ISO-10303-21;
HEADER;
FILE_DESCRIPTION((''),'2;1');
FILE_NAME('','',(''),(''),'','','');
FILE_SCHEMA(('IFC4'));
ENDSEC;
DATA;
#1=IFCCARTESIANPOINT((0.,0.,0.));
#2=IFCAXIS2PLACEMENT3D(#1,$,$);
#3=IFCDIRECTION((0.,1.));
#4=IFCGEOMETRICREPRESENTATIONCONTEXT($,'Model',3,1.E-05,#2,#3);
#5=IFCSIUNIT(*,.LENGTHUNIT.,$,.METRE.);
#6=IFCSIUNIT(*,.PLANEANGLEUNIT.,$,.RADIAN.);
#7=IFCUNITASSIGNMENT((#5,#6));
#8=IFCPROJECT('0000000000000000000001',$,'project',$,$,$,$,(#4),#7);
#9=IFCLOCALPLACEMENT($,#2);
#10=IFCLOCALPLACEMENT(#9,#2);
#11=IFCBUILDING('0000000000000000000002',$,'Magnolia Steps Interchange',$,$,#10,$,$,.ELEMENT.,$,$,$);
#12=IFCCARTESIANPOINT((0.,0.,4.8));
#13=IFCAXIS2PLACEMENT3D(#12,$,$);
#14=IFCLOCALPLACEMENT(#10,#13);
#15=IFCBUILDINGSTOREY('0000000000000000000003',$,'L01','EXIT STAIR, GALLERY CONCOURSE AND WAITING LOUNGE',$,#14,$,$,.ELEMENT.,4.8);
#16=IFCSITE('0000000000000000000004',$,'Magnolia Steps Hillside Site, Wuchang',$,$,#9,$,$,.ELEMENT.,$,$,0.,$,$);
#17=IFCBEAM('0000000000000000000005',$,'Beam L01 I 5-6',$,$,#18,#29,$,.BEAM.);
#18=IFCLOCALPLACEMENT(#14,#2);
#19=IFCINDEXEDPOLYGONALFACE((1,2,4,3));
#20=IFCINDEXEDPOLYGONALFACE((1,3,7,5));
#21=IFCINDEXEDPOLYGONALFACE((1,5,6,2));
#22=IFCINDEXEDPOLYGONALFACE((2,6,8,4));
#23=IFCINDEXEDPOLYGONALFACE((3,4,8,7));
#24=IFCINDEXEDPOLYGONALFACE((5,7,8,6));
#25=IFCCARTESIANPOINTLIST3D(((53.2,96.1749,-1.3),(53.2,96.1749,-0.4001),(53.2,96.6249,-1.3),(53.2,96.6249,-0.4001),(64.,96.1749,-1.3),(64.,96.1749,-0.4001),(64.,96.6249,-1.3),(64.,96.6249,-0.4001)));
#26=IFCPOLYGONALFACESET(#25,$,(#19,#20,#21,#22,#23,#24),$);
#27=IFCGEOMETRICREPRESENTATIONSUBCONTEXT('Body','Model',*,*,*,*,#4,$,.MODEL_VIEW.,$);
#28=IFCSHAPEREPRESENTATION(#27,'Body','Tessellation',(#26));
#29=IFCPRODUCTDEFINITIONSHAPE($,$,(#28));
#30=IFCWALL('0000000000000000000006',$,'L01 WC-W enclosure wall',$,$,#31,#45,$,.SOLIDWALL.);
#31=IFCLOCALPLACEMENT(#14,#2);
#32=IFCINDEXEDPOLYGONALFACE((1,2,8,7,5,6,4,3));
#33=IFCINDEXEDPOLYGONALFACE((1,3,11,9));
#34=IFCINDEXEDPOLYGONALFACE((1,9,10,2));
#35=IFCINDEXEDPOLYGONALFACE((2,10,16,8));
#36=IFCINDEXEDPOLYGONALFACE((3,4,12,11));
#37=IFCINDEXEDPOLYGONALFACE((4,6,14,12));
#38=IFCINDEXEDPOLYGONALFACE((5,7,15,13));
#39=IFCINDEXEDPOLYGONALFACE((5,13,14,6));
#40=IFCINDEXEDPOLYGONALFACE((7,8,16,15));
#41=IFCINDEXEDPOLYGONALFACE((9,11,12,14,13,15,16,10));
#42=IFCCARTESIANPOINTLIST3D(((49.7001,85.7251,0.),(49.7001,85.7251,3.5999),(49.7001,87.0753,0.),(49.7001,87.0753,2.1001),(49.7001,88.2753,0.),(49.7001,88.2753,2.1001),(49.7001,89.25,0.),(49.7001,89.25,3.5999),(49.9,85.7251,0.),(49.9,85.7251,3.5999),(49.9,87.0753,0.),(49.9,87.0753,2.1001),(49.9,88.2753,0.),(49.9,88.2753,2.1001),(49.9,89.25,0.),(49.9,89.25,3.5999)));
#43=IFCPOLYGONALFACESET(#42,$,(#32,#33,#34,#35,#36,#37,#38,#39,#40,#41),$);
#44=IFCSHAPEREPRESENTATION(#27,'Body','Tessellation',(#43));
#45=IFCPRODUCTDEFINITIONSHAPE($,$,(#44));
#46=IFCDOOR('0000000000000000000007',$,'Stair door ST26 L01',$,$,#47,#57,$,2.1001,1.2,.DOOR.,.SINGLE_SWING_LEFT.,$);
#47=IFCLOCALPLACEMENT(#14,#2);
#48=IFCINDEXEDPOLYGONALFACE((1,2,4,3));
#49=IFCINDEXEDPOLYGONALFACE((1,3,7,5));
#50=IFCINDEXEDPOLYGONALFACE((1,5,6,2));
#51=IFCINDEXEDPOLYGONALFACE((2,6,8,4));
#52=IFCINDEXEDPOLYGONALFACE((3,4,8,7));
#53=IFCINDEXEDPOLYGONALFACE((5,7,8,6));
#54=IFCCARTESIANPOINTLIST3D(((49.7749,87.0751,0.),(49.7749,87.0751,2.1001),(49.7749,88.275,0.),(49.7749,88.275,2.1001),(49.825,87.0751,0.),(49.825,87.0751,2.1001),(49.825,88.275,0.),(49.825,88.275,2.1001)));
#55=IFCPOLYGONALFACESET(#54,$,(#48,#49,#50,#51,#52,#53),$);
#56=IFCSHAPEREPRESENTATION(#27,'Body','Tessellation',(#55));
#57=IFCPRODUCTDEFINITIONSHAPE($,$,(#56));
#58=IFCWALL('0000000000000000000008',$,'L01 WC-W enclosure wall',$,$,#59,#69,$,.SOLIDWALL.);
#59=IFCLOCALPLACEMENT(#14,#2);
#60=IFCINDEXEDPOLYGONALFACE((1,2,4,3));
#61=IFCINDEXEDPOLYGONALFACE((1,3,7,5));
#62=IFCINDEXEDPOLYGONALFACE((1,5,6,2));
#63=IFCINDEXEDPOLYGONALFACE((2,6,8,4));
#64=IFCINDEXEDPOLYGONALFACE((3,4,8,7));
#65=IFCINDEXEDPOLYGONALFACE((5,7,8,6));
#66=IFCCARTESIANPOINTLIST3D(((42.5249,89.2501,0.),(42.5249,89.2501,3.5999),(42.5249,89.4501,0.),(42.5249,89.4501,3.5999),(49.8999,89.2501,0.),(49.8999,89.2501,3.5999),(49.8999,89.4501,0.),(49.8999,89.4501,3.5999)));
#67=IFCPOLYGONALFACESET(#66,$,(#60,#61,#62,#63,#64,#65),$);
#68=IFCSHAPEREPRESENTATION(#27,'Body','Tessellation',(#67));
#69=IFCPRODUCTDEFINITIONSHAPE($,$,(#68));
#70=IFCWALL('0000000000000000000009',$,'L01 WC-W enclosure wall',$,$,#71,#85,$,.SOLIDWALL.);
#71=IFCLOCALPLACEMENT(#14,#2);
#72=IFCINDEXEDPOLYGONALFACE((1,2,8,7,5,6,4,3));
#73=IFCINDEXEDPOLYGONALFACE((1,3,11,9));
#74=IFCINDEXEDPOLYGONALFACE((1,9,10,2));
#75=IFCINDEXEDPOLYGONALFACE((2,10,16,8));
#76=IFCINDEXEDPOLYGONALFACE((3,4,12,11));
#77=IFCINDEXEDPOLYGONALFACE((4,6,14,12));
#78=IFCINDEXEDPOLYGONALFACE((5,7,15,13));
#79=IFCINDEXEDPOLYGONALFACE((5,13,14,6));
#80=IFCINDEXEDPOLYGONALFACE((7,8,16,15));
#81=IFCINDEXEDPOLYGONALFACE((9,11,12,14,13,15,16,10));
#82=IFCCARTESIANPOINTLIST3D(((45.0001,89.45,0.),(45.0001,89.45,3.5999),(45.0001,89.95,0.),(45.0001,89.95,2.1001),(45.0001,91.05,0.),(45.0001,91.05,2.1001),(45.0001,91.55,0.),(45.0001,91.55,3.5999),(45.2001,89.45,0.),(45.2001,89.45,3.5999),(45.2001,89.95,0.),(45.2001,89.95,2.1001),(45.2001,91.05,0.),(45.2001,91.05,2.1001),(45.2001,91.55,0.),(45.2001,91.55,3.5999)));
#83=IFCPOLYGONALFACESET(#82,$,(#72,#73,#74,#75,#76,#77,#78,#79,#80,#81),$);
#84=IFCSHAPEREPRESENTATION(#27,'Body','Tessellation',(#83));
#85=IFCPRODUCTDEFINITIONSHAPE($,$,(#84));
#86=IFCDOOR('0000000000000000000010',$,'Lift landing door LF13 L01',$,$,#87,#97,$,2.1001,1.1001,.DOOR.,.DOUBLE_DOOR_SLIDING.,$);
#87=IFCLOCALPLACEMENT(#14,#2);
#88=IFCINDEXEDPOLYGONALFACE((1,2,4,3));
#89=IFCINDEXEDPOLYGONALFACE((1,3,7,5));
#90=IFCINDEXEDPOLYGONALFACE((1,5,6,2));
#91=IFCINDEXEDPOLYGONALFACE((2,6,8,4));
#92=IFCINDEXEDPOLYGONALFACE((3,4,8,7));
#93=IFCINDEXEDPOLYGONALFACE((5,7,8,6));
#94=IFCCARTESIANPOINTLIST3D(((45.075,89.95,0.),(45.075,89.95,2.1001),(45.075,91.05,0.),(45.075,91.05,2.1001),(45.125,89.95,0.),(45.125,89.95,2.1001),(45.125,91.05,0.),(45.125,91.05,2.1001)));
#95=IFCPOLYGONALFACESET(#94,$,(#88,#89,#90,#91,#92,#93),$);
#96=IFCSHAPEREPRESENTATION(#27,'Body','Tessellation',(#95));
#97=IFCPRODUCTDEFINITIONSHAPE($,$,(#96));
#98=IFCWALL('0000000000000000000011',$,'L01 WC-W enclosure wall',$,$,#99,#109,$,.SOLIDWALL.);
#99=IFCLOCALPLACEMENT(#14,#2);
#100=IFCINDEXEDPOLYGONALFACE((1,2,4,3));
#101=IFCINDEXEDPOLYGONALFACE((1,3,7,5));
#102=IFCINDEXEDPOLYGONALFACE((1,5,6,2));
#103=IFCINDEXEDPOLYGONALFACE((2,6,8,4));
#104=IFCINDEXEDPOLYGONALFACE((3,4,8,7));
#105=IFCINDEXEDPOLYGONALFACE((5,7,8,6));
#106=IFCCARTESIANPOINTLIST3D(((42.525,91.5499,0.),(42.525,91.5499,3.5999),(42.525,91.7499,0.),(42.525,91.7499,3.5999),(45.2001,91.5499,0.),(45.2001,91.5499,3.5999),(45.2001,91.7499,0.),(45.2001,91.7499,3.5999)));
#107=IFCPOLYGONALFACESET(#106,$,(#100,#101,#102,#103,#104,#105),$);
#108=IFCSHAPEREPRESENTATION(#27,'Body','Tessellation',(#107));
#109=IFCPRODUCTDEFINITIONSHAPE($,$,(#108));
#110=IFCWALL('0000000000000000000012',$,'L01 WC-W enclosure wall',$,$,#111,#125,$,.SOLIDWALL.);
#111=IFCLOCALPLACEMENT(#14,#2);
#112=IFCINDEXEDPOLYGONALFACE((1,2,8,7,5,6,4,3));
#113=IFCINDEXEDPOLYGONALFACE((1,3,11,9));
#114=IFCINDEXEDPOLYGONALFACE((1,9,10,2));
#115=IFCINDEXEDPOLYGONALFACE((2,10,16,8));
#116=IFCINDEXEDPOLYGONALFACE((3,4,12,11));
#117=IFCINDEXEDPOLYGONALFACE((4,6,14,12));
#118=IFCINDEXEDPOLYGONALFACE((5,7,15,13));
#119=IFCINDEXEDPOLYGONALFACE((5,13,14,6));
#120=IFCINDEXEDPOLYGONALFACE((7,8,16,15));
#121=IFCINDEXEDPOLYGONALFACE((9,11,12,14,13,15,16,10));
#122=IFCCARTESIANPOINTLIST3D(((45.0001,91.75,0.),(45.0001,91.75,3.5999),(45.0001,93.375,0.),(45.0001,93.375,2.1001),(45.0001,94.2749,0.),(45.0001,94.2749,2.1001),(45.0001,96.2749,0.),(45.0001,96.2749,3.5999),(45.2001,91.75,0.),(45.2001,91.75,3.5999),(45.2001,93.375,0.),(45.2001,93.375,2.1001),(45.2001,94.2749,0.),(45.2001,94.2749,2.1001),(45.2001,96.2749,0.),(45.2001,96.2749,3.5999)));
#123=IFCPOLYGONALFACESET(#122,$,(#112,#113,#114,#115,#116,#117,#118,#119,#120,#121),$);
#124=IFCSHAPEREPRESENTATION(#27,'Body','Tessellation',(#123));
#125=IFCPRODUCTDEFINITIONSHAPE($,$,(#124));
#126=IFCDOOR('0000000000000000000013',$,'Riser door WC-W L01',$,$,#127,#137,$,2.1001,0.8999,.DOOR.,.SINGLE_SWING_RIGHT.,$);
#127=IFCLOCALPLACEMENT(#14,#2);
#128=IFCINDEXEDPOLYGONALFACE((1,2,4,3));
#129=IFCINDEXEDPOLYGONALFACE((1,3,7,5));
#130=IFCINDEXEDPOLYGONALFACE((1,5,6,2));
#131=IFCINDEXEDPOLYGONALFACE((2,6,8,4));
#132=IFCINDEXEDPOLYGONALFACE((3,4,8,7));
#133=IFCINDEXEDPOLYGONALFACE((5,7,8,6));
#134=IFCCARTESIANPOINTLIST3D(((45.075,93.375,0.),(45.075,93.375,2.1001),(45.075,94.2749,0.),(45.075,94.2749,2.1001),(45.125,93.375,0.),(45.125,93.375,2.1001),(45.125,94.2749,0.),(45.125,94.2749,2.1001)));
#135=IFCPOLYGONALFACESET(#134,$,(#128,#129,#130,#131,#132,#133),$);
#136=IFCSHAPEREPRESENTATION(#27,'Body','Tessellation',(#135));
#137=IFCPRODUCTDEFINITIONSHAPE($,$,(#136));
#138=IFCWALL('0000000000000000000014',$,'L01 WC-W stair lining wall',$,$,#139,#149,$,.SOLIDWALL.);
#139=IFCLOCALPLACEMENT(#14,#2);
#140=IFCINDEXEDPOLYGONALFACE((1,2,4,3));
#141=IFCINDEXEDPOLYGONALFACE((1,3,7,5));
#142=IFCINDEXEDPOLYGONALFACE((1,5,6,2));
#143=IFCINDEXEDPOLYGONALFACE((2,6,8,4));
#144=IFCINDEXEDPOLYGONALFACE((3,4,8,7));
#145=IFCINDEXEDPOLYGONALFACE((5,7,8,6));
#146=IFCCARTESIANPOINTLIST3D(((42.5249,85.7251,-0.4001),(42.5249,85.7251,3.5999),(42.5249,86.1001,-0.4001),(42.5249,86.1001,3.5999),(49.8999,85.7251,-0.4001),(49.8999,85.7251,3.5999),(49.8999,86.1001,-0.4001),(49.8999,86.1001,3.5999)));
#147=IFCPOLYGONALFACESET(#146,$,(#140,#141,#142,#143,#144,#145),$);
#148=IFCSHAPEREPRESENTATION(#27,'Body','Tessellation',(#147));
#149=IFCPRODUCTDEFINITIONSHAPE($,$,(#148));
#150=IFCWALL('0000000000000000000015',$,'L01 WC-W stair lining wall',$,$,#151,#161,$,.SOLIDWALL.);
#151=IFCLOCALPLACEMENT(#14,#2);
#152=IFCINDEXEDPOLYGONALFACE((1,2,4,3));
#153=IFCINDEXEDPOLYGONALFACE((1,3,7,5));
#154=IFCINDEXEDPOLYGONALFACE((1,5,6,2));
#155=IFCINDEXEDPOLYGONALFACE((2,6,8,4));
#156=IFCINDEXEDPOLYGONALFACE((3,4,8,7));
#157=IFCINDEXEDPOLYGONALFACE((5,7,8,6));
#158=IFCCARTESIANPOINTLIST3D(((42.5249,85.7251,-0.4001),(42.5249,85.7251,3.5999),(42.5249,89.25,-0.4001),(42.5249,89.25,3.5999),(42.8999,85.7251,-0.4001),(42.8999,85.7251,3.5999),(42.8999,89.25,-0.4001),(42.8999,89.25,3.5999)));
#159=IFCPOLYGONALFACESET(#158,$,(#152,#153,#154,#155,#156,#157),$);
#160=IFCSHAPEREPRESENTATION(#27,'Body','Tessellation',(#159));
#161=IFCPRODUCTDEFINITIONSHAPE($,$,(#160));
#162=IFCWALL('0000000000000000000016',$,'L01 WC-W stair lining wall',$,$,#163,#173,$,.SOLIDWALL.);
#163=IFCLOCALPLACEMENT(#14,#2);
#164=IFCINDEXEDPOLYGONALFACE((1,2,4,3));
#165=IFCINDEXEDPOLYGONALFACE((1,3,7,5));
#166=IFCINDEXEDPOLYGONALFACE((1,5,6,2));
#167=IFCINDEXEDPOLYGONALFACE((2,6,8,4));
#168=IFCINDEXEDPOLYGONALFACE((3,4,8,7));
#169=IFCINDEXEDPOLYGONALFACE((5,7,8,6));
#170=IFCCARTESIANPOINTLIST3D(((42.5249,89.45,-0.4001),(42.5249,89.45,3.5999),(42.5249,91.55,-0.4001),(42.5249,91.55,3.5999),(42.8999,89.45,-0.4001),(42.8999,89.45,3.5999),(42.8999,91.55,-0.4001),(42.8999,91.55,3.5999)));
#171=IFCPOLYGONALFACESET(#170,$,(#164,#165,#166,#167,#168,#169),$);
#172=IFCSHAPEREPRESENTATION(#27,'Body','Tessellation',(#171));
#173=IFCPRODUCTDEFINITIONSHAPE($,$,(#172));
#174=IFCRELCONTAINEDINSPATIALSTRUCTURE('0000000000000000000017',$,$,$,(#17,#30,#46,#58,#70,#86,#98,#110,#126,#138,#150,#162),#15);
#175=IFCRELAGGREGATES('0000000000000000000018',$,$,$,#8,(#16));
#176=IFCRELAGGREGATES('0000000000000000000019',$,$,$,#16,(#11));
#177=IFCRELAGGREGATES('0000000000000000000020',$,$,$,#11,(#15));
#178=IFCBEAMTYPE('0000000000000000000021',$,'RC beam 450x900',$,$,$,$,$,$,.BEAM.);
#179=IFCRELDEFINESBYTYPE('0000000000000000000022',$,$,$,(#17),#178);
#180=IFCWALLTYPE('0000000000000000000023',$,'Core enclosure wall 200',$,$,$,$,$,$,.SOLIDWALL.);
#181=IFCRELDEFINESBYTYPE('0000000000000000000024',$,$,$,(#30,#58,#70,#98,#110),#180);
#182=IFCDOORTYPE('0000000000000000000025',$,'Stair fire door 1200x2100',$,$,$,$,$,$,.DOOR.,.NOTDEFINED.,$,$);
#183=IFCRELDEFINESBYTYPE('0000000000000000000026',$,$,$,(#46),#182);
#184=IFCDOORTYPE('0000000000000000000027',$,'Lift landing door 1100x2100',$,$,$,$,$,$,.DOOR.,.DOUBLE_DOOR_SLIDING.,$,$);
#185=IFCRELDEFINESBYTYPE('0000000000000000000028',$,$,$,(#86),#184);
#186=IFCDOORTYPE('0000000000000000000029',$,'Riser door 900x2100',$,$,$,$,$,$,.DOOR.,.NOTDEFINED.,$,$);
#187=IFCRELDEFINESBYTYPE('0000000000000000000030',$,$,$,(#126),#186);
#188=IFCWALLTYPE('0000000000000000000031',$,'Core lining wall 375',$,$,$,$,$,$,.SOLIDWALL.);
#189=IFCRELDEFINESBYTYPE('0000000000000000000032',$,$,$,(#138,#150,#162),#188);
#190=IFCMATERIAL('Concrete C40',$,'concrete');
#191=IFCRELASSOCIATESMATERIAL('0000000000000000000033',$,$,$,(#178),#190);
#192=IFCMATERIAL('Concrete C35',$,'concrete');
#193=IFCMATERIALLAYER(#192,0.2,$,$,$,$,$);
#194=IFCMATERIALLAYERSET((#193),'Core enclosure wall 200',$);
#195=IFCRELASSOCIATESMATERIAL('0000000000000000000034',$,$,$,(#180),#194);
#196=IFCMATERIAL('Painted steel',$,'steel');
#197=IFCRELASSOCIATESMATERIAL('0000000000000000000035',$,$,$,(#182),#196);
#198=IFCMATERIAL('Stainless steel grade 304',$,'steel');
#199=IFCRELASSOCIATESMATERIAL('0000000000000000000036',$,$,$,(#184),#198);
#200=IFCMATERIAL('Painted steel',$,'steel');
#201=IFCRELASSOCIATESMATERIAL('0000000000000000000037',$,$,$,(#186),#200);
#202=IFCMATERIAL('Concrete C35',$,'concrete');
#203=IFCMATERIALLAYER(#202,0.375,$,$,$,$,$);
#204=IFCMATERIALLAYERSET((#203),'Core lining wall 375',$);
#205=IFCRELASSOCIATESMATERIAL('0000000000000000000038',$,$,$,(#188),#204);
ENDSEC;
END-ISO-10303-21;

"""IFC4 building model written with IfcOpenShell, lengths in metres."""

from ifc_helpers import new_model, si_unit, direction, frame, frame_2d, origin, origin_2d, place, context, subcontext, project, spatial, rectangle, extrude, material, layer, layer_set, material_profile, profile_set, type_object, element, fill, save


model = new_model("IFC4")

# Units and contexts
model_context = context("Model", 3, precision=1e-05, world=origin(), true_north=direction((0.0, 1.0)))
body_context = subcontext(model_context, "Body", "Model", "MODEL_VIEW")
ifc_project = project(units=[si_unit("LENGTHUNIT", "METRE"), si_unit("PLANEANGLEUNIT", "RADIAN")], contexts=[model_context])

# Site, building, storey
site_placement = place(None, origin())
site = spatial("IfcSite", under=ifc_project, at=site_placement, Name="Magnolia Steps Hillside Site, Wuchang", CompositionType="ELEMENT", RefElevation=0.0)
building_placement = place(site_placement, origin())
building = spatial("IfcBuilding", under=site, at=building_placement, Name="Magnolia Steps Interchange", CompositionType="ELEMENT")
storey_placement = place(building_placement, frame((0.0, 0.0, 4.8)))
storey = spatial("IfcBuildingStorey", under=building, at=storey_placement, Name="L01", Description="EXIT STAIR, GALLERY CONCOURSE AND WAITING LOUNGE", CompositionType="ELEMENT", Elevation=4.8)

# Beam
ifc_material_1 = material(Name="Concrete C40", Category="concrete")
ifc_material_profile = material_profile(ifc_material_1, rectangle(XDim=0.45, YDim=0.8999, at=origin_2d()), Name="RC450x900")
ifc_profile_set = profile_set([ifc_material_profile], Name="Concrete C40")
beam_type = type_object("IfcBeamType", Name="RC beam 450x900", PredefinedType="BEAM", material=ifc_profile_set)
beam_placement = place(storey_placement, frame((53.2, 96.3999, -0.8501), z_axis=(1.0, 0.0, 0.0), x_axis=(0.0, 1.0, 0.0)))
element("IfcBeam", 1, at=beam_placement, inside=storey, type_object=beam_type, Name="Beam L01 I 5-6", PredefinedType="BEAM", context=body_context, shape_type="SweptSolid", body=[
    extrude(rectangle(XDim=0.45, YDim=0.8999, at=origin_2d()), origin(), (0.0, 0.0, 1.0), 10.8),
])

# Wall, opening, door
ifc_material_2 = material(Name="Concrete C35", Category="concrete")
ifc_layer_1 = layer(ifc_material_2, 0.2)
ifc_layer_set_1 = layer_set([ifc_layer_1], Name="Core enclosure wall 200")
wall_type_1 = type_object("IfcWallType", Name="Core enclosure wall 200", PredefinedType="SOLIDWALL", material=ifc_layer_set_1)
wall_1_placement = place(storey_placement, frame((49.8, 85.7251, 0.0), z_axis=(0.0, 0.0, 1.0), x_axis=(0.0, 1.0, 0.0)))
wall_1 = element("IfcWall", 2, at=wall_1_placement, inside=storey, type_object=wall_type_1, Name="L01 WC-W enclosure wall", PredefinedType="SOLIDWALL", context=body_context, shape_type="SweptSolid", body=[
    extrude(rectangle(XDim=3.5249, YDim=0.2, at=frame_2d((1.7625, 0.0))), origin(), (0.0, 0.0, 1.0), 3.5999),
])
opening_1_placement = place(wall_1_placement, frame((1.3501, 0.0, 0.0)))
opening_1 = element("IfcOpeningElement", 3, at=opening_1_placement, cuts=wall_1, PredefinedType="OPENING", context=body_context, shape_type="SweptSolid", body=[
    extrude(rectangle(XDim=1.2, YDim=2.1001, at=frame_2d((0.6001, 1.05))), frame((0.0, 0.1099, 0.0), z_axis=(0.0, -1.0, 0.0), x_axis=(1.0, 0.0, 0.0)), (0.0, 0.0, 1.0), 0.22),
])
ifc_material_3 = material(Name="Painted steel", Category="steel")
door_type_1 = type_object("IfcDoorType", Name="Stair fire door 1200x2100", OperationType="NOTDEFINED", PredefinedType="DOOR", material=ifc_material_3)
door_1_placement = place(opening_1_placement, frame((1.2, 0.0, 0.0), z_axis=(0.0, 0.0, 1.0), x_axis=(-1.0, 0.0, 0.0)))
door_1 = element("IfcDoor", 4, at=door_1_placement, inside=storey, type_object=door_type_1, Name="Stair door ST26 L01", OperationType="SINGLE_SWING_LEFT", OverallHeight=2.1001, OverallWidth=1.2, PredefinedType="DOOR", context=body_context, shape_type="SweptSolid", body=[
    extrude(rectangle(XDim=1.2, YDim=2.1001, at=frame_2d((0.6001, 1.05))), frame((0.0, 0.0249, 0.0), z_axis=(0.0, -1.0, 0.0), x_axis=(1.0, 0.0, 0.0)), (0.0, 0.0, 1.0), 0.05),
])
fill(opening_1, door_1)

# Wall
wall_2_placement = place(storey_placement, frame((49.8999, 89.3501, 0.0), z_axis=(0.0, 0.0, 1.0), x_axis=(-1.0, 0.0, 0.0)))
element("IfcWall", 5, at=wall_2_placement, inside=storey, type_object=wall_type_1, Name="L01 WC-W enclosure wall", PredefinedType="SOLIDWALL", context=body_context, shape_type="SweptSolid", body=[
    extrude(rectangle(XDim=7.375, YDim=0.2, at=frame_2d((3.6875, 0.0))), origin(), (0.0, 0.0, 1.0), 3.5999),
])

# Wall, opening, door
wall_3_placement = place(storey_placement, frame((45.1001, 89.45, 0.0), z_axis=(0.0, 0.0, 1.0), x_axis=(0.0, 1.0, 0.0)))
wall_3 = element("IfcWall", 6, at=wall_3_placement, inside=storey, type_object=wall_type_1, Name="L01 WC-W enclosure wall", PredefinedType="SOLIDWALL", context=body_context, shape_type="SweptSolid", body=[
    extrude(rectangle(XDim=2.1001, YDim=0.2, at=frame_2d((1.05, 0.0))), origin(), (0.0, 0.0, 1.0), 3.5999),
])
opening_2_placement = place(wall_3_placement, frame((0.5, 0.0, 0.0)))
opening_2 = element("IfcOpeningElement", 7, at=opening_2_placement, cuts=wall_3, PredefinedType="OPENING", context=body_context, shape_type="SweptSolid", body=[
    extrude(rectangle(XDim=1.1001, YDim=2.1001, at=frame_2d((0.55, 1.05))), frame((0.0, 0.1099, 0.0), z_axis=(0.0, -1.0, 0.0), x_axis=(1.0, 0.0, 0.0)), (0.0, 0.0, 1.0), 0.22),
])
ifc_material_4 = material(Name="Stainless steel grade 304", Category="steel")
door_type_2 = type_object("IfcDoorType", Name="Lift landing door 1100x2100", OperationType="DOUBLE_DOOR_SLIDING", PredefinedType="DOOR", material=ifc_material_4)
door_2_placement = place(opening_2_placement, frame((1.1001, 0.0, 0.0), z_axis=(0.0, 0.0, 1.0), x_axis=(-1.0, 0.0, 0.0)))
door_2 = element("IfcDoor", 8, at=door_2_placement, inside=storey, type_object=door_type_2, Name="Lift landing door LF13 L01", OperationType="DOUBLE_DOOR_SLIDING", OverallHeight=2.1001, OverallWidth=1.1001, PredefinedType="DOOR", context=body_context, shape_type="SweptSolid", body=[
    extrude(rectangle(XDim=1.1001, YDim=2.1001, at=frame_2d((0.55, 1.05))), frame((0.0, 0.0249, 0.0), z_axis=(0.0, -1.0, 0.0), x_axis=(1.0, 0.0, 0.0)), (0.0, 0.0, 1.0), 0.05),
])
fill(opening_2, door_2)

# Wall
wall_4_placement = place(storey_placement, frame((45.2, 91.6499, 0.0), z_axis=(0.0, 0.0, 1.0), x_axis=(-1.0, 0.0, 0.0)))
element("IfcWall", 9, at=wall_4_placement, inside=storey, type_object=wall_type_1, Name="L01 WC-W enclosure wall", PredefinedType="SOLIDWALL", context=body_context, shape_type="SweptSolid", body=[
    extrude(rectangle(XDim=2.675, YDim=0.2, at=frame_2d((1.3374, 0.0))), origin(), (0.0, 0.0, 1.0), 3.5999),
])

# Wall, opening, door
wall_5_placement = place(storey_placement, frame((45.1001, 91.75, 0.0), z_axis=(0.0, 0.0, 1.0), x_axis=(0.0, 1.0, 0.0)))
wall_5 = element("IfcWall", 10, at=wall_5_placement, inside=storey, type_object=wall_type_1, Name="L01 WC-W enclosure wall", PredefinedType="SOLIDWALL", context=body_context, shape_type="SweptSolid", body=[
    extrude(rectangle(XDim=4.5249, YDim=0.2, at=frame_2d((2.2625, 0.0))), origin(), (0.0, 0.0, 1.0), 3.5999),
])
opening_3_placement = place(wall_5_placement, frame((1.625, 0.0, 0.0)))
opening_3 = element("IfcOpeningElement", 11, at=opening_3_placement, cuts=wall_5, PredefinedType="OPENING", context=body_context, shape_type="SweptSolid", body=[
    extrude(rectangle(XDim=0.8999, YDim=2.1001, at=frame_2d((0.45, 1.05))), frame((0.0, 0.1099, 0.0), z_axis=(0.0, -1.0, 0.0), x_axis=(1.0, 0.0, 0.0)), (0.0, 0.0, 1.0), 0.22),
])
ifc_material_5 = material(Name="Painted steel", Category="steel")
door_type_3 = type_object("IfcDoorType", Name="Riser door 900x2100", OperationType="NOTDEFINED", PredefinedType="DOOR", material=ifc_material_5)
door_3_placement = place(opening_3_placement, frame((0.8999, 0.0, 0.0), z_axis=(0.0, 0.0, 1.0), x_axis=(-1.0, 0.0, 0.0)))
door_3 = element("IfcDoor", 12, at=door_3_placement, inside=storey, type_object=door_type_3, Name="Riser door WC-W L01", OperationType="SINGLE_SWING_RIGHT", OverallHeight=2.1001, OverallWidth=0.8999, PredefinedType="DOOR", context=body_context, shape_type="SweptSolid", body=[
    extrude(rectangle(XDim=0.8999, YDim=2.1001, at=frame_2d((0.45, 1.05))), frame((0.0, 0.0249, 0.0), z_axis=(0.0, -1.0, 0.0), x_axis=(1.0, 0.0, 0.0)), (0.0, 0.0, 1.0), 0.05),
])
fill(opening_3, door_3)

# Walls
ifc_material_6 = material(Name="Concrete C35", Category="concrete")
ifc_layer_2 = layer(ifc_material_6, 0.375)
ifc_layer_set_2 = layer_set([ifc_layer_2], Name="Core lining wall 375")
wall_type_2 = type_object("IfcWallType", Name="Core lining wall 375", PredefinedType="SOLIDWALL", material=ifc_layer_set_2)
wall_6_placement = place(storey_placement, frame((49.8999, 85.9126, -0.4001), z_axis=(0.0, 0.0, 1.0), x_axis=(-1.0, 0.0, 0.0)))
element("IfcWall", 13, at=wall_6_placement, inside=storey, type_object=wall_type_2, Name="L01 WC-W stair lining wall", PredefinedType="SOLIDWALL", context=body_context, shape_type="SweptSolid", body=[
    extrude(rectangle(XDim=7.375, YDim=0.375, at=frame_2d((3.6875, 0.0))), origin(), (0.0, 0.0, 1.0), 4.0),
])
wall_7_placement = place(storey_placement, frame((42.7124, 85.7251, -0.4001), z_axis=(0.0, 0.0, 1.0), x_axis=(0.0, 1.0, 0.0)))
element("IfcWall", 14, at=wall_7_placement, inside=storey, type_object=wall_type_2, Name="L01 WC-W stair lining wall", PredefinedType="SOLIDWALL", context=body_context, shape_type="SweptSolid", body=[
    extrude(rectangle(XDim=3.5249, YDim=0.375, at=frame_2d((1.7625, 0.0))), origin(), (0.0, 0.0, 1.0), 4.0),
])
wall_8_placement = place(storey_placement, frame((42.7124, 89.45, -0.4001), z_axis=(0.0, 0.0, 1.0), x_axis=(0.0, 1.0, 0.0)))
element("IfcWall", 15, at=wall_8_placement, inside=storey, type_object=wall_type_2, Name="L01 WC-W stair lining wall", PredefinedType="SOLIDWALL", context=body_context, shape_type="SweptSolid", body=[
    extrude(rectangle(XDim=2.1001, YDim=0.375, at=frame_2d((1.05, 0.0))), origin(), (0.0, 0.0, 1.0), 4.0),
])

save(model, "model.ifc")
